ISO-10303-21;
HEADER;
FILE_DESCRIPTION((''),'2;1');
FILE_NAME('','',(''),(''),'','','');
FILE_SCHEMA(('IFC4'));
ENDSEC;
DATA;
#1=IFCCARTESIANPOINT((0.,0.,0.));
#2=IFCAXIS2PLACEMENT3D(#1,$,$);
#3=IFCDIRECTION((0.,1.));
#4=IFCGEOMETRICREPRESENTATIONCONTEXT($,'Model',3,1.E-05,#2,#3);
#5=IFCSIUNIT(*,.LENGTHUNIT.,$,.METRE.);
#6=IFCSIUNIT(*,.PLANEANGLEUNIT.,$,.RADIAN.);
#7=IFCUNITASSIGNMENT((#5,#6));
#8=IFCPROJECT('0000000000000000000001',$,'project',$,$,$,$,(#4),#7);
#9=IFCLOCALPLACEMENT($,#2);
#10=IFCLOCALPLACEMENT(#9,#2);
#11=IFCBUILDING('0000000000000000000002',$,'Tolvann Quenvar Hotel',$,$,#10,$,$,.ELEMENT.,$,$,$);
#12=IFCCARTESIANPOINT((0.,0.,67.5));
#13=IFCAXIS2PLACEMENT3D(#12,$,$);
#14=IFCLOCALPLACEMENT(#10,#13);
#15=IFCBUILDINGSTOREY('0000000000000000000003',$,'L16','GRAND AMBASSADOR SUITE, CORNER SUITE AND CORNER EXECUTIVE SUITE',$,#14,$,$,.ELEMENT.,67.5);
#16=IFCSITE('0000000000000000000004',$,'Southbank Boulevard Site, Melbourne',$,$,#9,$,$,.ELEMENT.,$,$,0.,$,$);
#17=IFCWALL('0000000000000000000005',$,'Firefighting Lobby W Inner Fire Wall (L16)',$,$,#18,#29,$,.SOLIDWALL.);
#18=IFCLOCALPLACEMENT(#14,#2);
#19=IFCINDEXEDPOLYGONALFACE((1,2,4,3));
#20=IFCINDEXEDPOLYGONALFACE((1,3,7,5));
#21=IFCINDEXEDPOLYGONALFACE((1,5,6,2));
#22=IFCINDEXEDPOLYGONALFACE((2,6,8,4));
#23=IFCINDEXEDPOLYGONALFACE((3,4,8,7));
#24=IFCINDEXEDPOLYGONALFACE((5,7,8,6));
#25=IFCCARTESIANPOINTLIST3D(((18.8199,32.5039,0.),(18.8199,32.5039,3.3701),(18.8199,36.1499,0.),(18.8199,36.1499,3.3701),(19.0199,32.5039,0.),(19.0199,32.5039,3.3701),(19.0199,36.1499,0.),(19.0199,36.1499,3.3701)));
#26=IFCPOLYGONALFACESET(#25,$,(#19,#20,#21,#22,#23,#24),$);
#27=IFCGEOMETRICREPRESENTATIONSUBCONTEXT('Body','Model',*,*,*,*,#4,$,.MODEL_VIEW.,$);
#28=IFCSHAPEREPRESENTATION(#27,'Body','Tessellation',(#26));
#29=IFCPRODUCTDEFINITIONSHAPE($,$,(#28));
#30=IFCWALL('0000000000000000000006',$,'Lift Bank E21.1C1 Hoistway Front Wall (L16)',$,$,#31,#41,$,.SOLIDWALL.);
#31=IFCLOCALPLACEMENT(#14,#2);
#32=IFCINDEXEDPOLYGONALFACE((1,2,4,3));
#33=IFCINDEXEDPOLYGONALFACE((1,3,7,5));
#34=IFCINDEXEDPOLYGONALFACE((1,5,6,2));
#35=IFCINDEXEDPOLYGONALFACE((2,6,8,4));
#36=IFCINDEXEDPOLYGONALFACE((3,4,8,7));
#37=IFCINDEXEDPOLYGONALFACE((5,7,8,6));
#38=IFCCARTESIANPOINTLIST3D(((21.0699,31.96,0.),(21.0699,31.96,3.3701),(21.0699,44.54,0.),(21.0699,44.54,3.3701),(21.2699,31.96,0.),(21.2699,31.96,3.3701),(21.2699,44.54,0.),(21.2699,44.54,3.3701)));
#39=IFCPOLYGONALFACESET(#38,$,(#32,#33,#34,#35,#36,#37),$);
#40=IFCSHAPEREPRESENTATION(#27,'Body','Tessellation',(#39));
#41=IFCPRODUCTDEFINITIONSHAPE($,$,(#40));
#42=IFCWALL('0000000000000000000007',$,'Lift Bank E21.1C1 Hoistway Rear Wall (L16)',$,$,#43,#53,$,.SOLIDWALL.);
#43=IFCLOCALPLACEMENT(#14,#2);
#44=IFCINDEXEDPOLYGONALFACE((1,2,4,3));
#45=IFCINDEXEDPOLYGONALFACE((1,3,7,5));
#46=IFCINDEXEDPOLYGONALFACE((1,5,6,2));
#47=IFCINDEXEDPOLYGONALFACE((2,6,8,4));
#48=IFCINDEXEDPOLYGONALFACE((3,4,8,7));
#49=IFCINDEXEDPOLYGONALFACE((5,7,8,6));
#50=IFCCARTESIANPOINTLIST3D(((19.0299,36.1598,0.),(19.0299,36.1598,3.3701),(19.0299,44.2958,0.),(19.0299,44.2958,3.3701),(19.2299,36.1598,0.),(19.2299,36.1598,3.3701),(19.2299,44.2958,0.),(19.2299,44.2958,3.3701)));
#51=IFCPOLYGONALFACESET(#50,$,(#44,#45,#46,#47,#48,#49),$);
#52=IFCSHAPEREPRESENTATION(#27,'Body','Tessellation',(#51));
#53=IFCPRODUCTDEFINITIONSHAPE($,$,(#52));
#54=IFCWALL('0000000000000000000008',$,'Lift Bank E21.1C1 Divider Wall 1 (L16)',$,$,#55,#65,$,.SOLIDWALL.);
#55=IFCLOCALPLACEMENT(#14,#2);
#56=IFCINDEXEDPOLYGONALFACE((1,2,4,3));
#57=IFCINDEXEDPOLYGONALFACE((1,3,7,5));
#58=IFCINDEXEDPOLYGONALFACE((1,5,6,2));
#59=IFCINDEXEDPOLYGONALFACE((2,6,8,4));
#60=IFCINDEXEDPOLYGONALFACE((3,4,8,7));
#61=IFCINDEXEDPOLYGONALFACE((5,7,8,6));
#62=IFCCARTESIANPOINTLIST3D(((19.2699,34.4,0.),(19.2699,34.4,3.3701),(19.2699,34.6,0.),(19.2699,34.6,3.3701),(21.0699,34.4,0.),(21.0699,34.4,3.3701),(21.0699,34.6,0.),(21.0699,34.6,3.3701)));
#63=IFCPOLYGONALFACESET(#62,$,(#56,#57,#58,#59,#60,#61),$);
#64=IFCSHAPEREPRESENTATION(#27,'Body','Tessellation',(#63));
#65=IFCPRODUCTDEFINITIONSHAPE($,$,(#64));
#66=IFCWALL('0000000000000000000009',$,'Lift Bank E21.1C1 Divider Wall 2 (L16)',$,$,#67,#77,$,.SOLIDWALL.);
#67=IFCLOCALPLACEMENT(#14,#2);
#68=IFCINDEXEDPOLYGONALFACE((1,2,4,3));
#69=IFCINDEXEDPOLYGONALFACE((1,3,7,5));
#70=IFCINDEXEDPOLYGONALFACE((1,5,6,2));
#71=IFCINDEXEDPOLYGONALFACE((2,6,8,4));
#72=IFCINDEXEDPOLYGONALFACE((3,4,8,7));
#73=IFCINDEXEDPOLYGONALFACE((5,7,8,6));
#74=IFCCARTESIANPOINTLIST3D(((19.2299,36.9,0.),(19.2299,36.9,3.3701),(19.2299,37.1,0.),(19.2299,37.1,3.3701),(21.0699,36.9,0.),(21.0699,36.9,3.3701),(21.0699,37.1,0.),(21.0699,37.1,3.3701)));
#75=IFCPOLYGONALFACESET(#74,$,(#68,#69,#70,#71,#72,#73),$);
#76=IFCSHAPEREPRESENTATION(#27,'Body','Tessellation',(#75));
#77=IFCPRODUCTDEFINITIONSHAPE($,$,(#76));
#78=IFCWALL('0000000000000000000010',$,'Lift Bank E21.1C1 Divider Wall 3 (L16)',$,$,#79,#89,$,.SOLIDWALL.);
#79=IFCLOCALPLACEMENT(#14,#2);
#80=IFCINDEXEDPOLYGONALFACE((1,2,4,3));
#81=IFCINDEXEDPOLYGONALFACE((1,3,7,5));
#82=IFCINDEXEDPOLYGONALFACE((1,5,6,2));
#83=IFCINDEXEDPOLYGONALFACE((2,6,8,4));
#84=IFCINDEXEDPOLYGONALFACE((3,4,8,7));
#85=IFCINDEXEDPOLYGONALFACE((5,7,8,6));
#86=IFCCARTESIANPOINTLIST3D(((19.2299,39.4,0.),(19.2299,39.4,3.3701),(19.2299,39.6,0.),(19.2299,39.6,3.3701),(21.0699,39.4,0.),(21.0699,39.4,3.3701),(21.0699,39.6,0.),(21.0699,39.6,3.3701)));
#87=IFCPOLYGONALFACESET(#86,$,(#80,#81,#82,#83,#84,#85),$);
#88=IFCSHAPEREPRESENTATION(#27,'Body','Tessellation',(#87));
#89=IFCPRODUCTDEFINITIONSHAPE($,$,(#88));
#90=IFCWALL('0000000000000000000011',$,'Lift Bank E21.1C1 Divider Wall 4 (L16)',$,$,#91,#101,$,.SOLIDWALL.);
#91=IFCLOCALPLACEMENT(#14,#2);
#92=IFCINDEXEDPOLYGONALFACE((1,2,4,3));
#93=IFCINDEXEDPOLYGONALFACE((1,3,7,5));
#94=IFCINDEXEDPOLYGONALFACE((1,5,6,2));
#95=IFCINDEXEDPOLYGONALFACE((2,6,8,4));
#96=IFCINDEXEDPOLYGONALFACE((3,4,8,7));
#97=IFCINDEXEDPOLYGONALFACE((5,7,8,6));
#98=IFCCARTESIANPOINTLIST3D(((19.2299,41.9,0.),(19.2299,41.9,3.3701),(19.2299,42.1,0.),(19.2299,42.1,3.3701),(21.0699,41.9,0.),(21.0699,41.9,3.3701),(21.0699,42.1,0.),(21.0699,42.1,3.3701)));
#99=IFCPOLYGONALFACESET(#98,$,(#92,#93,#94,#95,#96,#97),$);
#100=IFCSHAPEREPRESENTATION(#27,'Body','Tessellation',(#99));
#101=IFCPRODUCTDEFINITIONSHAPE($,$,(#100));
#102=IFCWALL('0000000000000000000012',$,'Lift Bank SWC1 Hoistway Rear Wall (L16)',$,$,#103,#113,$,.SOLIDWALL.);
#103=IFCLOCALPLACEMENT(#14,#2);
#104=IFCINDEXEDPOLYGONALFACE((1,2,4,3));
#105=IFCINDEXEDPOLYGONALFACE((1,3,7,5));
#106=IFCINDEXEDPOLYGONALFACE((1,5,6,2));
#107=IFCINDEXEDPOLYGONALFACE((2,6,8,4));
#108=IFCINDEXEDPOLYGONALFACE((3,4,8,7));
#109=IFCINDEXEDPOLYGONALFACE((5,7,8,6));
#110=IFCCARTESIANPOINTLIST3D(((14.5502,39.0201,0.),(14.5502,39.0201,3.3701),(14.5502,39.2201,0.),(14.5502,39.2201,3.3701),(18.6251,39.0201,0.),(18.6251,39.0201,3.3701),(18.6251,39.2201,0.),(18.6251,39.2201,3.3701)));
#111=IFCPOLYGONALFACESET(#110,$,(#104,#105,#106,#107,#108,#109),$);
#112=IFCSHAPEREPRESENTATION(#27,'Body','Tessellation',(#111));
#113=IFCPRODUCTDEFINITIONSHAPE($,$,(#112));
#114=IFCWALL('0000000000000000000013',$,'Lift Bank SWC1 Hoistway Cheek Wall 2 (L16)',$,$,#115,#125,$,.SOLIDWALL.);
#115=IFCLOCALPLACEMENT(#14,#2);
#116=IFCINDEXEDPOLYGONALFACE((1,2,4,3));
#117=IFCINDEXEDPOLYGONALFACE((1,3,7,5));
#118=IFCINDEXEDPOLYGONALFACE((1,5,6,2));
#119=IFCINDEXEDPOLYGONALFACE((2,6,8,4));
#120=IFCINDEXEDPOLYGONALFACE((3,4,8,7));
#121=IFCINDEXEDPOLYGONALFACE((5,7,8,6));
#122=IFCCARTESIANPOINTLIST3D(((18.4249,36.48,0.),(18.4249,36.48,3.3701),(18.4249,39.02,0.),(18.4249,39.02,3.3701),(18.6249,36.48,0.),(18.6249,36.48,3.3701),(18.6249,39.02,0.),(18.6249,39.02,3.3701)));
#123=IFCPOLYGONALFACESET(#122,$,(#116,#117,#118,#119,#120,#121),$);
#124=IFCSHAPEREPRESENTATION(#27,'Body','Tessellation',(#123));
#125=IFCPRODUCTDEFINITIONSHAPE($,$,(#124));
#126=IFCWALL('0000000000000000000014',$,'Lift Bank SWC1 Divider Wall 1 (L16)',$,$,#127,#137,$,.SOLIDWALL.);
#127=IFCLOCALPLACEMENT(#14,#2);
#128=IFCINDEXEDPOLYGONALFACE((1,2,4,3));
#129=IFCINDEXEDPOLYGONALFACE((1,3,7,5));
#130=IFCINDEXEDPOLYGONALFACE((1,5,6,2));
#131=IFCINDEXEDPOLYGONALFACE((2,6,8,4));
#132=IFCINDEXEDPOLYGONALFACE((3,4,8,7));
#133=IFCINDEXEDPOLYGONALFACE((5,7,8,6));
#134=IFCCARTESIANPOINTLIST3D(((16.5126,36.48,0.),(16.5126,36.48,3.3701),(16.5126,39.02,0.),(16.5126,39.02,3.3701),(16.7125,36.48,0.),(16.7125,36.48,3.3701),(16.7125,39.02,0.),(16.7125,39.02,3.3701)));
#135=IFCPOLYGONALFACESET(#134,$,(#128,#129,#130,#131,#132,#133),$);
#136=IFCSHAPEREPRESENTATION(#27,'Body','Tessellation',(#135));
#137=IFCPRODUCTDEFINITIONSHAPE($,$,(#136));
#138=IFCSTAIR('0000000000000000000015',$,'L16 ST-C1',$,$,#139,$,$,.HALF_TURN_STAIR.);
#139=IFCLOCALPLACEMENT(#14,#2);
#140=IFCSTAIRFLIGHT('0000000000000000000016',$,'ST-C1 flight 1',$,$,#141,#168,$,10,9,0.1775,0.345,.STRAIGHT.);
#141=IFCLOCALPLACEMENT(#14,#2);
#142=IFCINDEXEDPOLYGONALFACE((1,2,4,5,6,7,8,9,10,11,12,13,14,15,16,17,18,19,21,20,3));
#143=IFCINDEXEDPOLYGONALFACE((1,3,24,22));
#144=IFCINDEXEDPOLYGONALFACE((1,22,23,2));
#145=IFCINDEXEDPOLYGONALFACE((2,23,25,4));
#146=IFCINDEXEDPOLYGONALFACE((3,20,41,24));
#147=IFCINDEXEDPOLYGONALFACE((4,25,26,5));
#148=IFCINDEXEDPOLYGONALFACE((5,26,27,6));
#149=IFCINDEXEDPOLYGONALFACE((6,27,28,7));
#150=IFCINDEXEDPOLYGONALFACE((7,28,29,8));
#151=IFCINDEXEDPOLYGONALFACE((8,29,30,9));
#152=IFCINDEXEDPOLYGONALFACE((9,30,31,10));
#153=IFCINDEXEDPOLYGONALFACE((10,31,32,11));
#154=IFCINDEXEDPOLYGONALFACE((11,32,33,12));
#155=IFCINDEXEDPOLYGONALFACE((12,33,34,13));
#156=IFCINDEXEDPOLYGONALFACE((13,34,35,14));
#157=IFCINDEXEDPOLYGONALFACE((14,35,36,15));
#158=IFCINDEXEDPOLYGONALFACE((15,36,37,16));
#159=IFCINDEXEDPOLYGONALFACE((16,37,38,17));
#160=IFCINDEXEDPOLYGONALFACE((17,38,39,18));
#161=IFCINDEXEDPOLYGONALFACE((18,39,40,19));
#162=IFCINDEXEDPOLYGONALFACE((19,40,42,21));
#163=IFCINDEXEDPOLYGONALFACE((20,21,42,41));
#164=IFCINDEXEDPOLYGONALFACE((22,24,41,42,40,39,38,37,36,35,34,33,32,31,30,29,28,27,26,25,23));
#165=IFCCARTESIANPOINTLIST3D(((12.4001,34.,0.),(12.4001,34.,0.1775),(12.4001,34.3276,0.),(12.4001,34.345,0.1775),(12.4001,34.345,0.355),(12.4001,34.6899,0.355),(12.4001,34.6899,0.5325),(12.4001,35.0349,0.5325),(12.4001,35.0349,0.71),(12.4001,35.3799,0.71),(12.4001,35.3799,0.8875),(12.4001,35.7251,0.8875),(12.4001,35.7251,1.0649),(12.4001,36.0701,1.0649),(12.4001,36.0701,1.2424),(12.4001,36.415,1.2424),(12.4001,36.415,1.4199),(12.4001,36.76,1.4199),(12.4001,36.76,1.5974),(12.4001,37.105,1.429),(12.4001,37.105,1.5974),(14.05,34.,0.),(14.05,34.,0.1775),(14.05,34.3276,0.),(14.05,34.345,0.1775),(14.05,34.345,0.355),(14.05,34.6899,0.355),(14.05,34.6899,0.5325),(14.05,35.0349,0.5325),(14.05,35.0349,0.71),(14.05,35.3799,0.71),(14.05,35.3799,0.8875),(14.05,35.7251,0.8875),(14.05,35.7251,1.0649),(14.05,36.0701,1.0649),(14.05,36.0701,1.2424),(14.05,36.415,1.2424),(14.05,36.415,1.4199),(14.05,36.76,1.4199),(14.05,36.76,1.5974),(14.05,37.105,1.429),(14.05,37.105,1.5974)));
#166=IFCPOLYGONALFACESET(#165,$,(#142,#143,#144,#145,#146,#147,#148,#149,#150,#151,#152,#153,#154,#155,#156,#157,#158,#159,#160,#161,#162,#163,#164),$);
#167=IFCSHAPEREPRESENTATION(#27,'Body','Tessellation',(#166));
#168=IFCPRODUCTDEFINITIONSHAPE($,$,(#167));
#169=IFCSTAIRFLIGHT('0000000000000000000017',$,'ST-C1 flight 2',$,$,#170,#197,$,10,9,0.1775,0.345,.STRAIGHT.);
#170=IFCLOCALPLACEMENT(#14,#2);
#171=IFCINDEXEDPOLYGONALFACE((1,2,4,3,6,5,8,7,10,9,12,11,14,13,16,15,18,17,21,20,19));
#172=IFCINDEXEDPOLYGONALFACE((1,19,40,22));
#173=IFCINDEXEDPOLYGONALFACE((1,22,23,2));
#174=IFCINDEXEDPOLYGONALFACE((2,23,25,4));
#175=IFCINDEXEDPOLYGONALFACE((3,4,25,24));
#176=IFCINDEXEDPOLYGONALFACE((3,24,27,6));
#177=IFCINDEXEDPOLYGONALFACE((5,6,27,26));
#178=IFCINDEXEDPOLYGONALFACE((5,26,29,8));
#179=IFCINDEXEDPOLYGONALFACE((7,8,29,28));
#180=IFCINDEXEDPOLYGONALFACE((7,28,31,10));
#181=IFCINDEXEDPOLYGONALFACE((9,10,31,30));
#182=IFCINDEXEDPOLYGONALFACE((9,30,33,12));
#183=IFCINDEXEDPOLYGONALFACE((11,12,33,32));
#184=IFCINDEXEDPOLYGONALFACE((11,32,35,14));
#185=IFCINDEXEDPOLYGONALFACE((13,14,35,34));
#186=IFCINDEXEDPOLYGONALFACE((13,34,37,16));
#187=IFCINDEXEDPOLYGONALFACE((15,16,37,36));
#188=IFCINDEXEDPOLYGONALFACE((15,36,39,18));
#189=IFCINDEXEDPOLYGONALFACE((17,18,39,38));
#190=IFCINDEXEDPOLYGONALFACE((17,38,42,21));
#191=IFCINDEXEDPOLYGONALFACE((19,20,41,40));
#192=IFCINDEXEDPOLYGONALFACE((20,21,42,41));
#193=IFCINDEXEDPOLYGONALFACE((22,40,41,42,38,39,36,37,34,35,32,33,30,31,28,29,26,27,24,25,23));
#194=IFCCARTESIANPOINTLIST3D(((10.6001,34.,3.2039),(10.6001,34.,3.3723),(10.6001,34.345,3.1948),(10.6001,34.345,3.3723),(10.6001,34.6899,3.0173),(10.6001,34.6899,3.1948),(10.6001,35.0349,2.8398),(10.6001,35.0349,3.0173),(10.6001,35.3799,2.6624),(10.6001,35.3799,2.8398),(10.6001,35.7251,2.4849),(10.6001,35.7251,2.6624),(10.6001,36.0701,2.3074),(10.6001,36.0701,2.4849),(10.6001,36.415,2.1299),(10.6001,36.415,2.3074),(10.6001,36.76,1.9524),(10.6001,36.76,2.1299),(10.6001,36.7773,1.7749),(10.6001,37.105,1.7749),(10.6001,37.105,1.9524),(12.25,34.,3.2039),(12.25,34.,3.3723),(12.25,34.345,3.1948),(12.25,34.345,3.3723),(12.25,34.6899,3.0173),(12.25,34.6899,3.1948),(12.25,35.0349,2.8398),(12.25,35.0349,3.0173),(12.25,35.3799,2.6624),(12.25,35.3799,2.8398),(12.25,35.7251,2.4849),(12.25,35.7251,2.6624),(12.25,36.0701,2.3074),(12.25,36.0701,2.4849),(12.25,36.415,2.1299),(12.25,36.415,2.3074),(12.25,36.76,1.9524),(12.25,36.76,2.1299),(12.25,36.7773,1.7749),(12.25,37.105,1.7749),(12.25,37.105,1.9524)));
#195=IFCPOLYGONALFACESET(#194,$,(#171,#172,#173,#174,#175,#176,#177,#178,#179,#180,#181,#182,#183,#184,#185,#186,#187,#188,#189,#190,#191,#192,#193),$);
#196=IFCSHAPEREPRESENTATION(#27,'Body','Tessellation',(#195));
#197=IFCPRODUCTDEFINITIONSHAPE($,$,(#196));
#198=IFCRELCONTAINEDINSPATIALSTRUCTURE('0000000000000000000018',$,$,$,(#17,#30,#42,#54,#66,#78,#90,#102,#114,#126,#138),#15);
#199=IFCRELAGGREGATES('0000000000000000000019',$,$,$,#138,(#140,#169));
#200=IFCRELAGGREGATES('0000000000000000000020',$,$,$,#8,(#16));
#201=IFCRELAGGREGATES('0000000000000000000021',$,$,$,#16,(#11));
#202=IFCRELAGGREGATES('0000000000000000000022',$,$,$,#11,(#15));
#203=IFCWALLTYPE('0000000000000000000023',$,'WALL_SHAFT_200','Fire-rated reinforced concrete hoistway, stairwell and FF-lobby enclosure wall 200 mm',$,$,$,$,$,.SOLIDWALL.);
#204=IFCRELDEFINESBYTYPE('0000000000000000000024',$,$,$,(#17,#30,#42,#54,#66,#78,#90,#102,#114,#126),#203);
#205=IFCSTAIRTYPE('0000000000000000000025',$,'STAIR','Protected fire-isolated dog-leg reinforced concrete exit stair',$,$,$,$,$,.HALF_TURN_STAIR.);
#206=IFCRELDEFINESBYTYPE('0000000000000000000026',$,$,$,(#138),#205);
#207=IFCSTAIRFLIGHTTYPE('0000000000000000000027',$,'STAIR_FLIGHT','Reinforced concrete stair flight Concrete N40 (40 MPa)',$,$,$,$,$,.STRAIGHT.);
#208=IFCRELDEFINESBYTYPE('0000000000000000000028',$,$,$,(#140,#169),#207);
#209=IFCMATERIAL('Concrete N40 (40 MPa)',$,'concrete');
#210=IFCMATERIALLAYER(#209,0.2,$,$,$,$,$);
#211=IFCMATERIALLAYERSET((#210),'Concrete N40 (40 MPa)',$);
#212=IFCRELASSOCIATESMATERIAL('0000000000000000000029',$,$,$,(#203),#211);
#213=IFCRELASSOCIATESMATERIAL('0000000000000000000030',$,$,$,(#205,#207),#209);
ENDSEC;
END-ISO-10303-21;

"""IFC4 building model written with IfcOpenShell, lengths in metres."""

from ifc_helpers import new_model, si_unit, direction, frame, frame_2d, origin, place, context, subcontext, project, spatial, polyline, rectangle, outline, extrude, material, layer, layer_set, type_object, element, aggregate, save


model = new_model("IFC4")

# Units and contexts
model_context = context("Model", 3, precision=1e-05, world=origin(), true_north=direction((0.0, 1.0)))
body_context = subcontext(model_context, "Body", "Model", "MODEL_VIEW")
ifc_project = project(units=[si_unit("LENGTHUNIT", "METRE"), si_unit("PLANEANGLEUNIT", "RADIAN")], contexts=[model_context])

# Site, building, storey
site_placement = place(None, origin())
site = spatial("IfcSite", under=ifc_project, at=site_placement, Name="Southbank Boulevard Site, Melbourne", CompositionType="ELEMENT", RefElevation=0.0)
building_placement = place(site_placement, origin())
building = spatial("IfcBuilding", under=site, at=building_placement, Name="Tolvann Quenvar Hotel", CompositionType="ELEMENT")
storey_placement = place(building_placement, frame((0.0, 0.0, 67.5)))
storey = spatial("IfcBuildingStorey", under=building, at=storey_placement, Name="L16", Description="GRAND AMBASSADOR SUITE, CORNER SUITE AND CORNER EXECUTIVE SUITE", CompositionType="ELEMENT", Elevation=67.5)

# Walls
ifc_material_1 = material(Name="Concrete N40 (40 MPa)", Category="concrete")
ifc_layer_1 = layer(ifc_material_1, 0.2)
ifc_layer_set_1 = layer_set([ifc_layer_1], Name="Concrete N40 (40 MPa)")
wall_type_1 = type_object("IfcWallType", Name="WALL_SHAFT_200", Description="Fire-rated reinforced concrete hoistway, stairwell and FF-lobby enclosure wall 200 mm", PredefinedType="SOLIDWALL", material=ifc_layer_set_1)
wall_1_placement = place(storey_placement, frame((18.9199, 32.5039, 0.0), z_axis=(0.0, 0.0, 1.0), x_axis=(0.0, 1.0, 0.0)))
element("IfcWall", 1, at=wall_1_placement, inside=storey, type_object=wall_type_1, Name="Firefighting Lobby W Inner Fire Wall (L16)", PredefinedType="SOLIDWALL", context=body_context, shape_type="SweptSolid", body=[
    extrude(rectangle(XDim=3.646, YDim=0.2, at=frame_2d((1.823, 0.0))), origin(), (0.0, 0.0, 1.0), 3.3701),
])
wall_2_placement = place(storey_placement, frame((21.1699, 31.96, 0.0), z_axis=(0.0, 0.0, 1.0), x_axis=(0.0, 1.0, 0.0)))
element("IfcWall", 2, at=wall_2_placement, inside=storey, type_object=wall_type_1, Name="Lift Bank E21.1C1 Hoistway Front Wall (L16)", PredefinedType="SOLIDWALL", context=body_context, shape_type="SweptSolid", body=[
    extrude(rectangle(XDim=12.5801, YDim=0.2, at=frame_2d((6.29, 0.0))), origin(), (0.0, 0.0, 1.0), 3.3701),
])
wall_3_placement = place(storey_placement, frame((19.1299, 36.1599, 0.0), z_axis=(0.0, 0.0, 1.0), x_axis=(0.0, 1.0, 0.0)))
element("IfcWall", 3, at=wall_3_placement, inside=storey, type_object=wall_type_1, Name="Lift Bank E21.1C1 Hoistway Rear Wall (L16)", PredefinedType="SOLIDWALL", context=body_context, shape_type="SweptSolid", body=[
    extrude(rectangle(XDim=8.136, YDim=0.2, at=frame_2d((4.0679, 0.0))), origin(), (0.0, 0.0, 1.0), 3.3701),
])
wall_4_placement = place(storey_placement, frame((19.27, 34.5, 0.0), z_axis=(0.0, 0.0, 1.0), x_axis=(1.0, 0.0, 0.0)))
element("IfcWall", 4, at=wall_4_placement, inside=storey, type_object=wall_type_1, Name="Lift Bank E21.1C1 Divider Wall 1 (L16)", PredefinedType="SOLIDWALL", context=body_context, shape_type="SweptSolid", body=[
    extrude(rectangle(XDim=1.8, YDim=0.2, at=frame_2d((0.8999, 0.0))), origin(), (0.0, 0.0, 1.0), 3.3701),
])
for number, where, z_axis, x_axis, name in (
    (5, (19.23, 37.0, 0.0), (0.0, 0.0, 1.0), (1.0, 0.0, 0.0), "Lift Bank E21.1C1 Divider Wall 2 (L16)"),
    (6, (19.23, 39.5, 0.0), (0.0, 0.0, 1.0), (1.0, 0.0, 0.0), "Lift Bank E21.1C1 Divider Wall 3 (L16)"),
    (7, (19.23, 42.0, 0.0), (0.0, 0.0, 1.0), (1.0, 0.0, 0.0), "Lift Bank E21.1C1 Divider Wall 4 (L16)"),
):
    element("IfcWall", number, at=place(storey_placement, frame(where, z_axis=z_axis, x_axis=x_axis)), inside=storey, type_object=wall_type_1, Name=name, PredefinedType="SOLIDWALL", context=body_context, shape_type="SweptSolid", body=[
        extrude(rectangle(XDim=1.8401, YDim=0.2, at=frame_2d((0.9199, 0.0))), origin(), (0.0, 0.0, 1.0), 3.3701),
    ])

# Walls
wall_5_placement = place(storey_placement, frame((14.55, 39.1201, 0.0), z_axis=(0.0, 0.0, 1.0), x_axis=(1.0, 0.0, 0.0)))
element("IfcWall", 8, at=wall_5_placement, inside=storey, type_object=wall_type_1, Name="Lift Bank SWC1 Hoistway Rear Wall (L16)", PredefinedType="SOLIDWALL", context=body_context, shape_type="SweptSolid", body=[
    extrude(rectangle(XDim=4.075, YDim=0.2, at=frame_2d((2.0376, 0.0))), origin(), (0.0, 0.0, 1.0), 3.3701),
])
for number, where, z_axis, x_axis, name in (
    (9, (18.5249, 36.48, 0.0), (0.0, 0.0, 1.0), (0.0, 1.0, 0.0), "Lift Bank SWC1 Hoistway Cheek Wall 2 (L16)"),
    (10, (16.6125, 36.48, 0.0), (0.0, 0.0, 1.0), (0.0, 1.0, 0.0), "Lift Bank SWC1 Divider Wall 1 (L16)"),
):
    element("IfcWall", number, at=place(storey_placement, frame(where, z_axis=z_axis, x_axis=x_axis)), inside=storey, type_object=wall_type_1, Name=name, PredefinedType="SOLIDWALL", context=body_context, shape_type="SweptSolid", body=[
        extrude(rectangle(XDim=2.54, YDim=0.2, at=frame_2d((1.27, 0.0))), origin(), (0.0, 0.0, 1.0), 3.3701),
    ])

# Stair, stair flights
stair_type = type_object("IfcStairType", Name="STAIR", Description="Protected fire-isolated dog-leg reinforced concrete exit stair", PredefinedType="HALF_TURN_STAIR", material=ifc_material_1)
stair_placement = place(storey_placement, origin())
stair = element("IfcStair", 11, at=stair_placement, inside=storey, type_object=stair_type, Name="L16 ST-C1", PredefinedType="HALF_TURN_STAIR")
stair_flight_type = type_object("IfcStairFlightType", Name="STAIR_FLIGHT", Description="Reinforced concrete stair flight Concrete N40 (40 MPa)", PredefinedType="STRAIGHT", material=ifc_material_1)
stair_flight_1_placement = place(storey_placement, frame((13.2251, 34.0, 0.0), z_axis=(0.0, 0.0, 1.0), x_axis=(0.0, 1.0, 0.0)))
stair_flight_1 = element("IfcStairFlight", 12, at=stair_flight_1_placement, type_object=stair_flight_type, Name="ST-C1 flight 1", NumberOfRisers=10, NumberOfTreads=9, PredefinedType="STRAIGHT", RiserHeight=0.1775, TreadLength=0.345, context=body_context, shape_type="SweptSolid", body=[
    extrude(outline(polyline([(0.0, 0.0), (0.0, 0.1775), (0.345, 0.1775), (0.345, 0.355), (0.6899, 0.355), (0.6899, 0.5325), (1.0349, 0.5325), (1.0349, 0.71), (1.3799, 0.71), (1.3799, 0.8875), (1.7251, 0.8875), (1.7251, 1.0649), (2.0701, 1.0649), (2.0701, 1.2424), (2.415, 1.2424), (2.415, 1.4199), (2.76, 1.4199), (2.76, 1.5974), (3.105, 1.5974), (3.105, 1.7749), (3.105, 1.429), (0.3276, 0.0), (0.0, 0.0)])), frame((0.0, 0.825, 0.0), z_axis=(0.0, -1.0, 0.0), x_axis=(1.0, 0.0, 0.0)), (0.0, 0.0, 1.0), 1.6499),
])
stair_flight_2_placement = place(storey_placement, frame((11.425, 37.105, 1.7749), z_axis=(0.0, 0.0, 1.0), x_axis=(0.0, -1.0, 0.0)))
stair_flight_2 = element("IfcStairFlight", 13, at=stair_flight_2_placement, type_object=stair_flight_type, Name="ST-C1 flight 2", NumberOfRisers=10, NumberOfTreads=9, PredefinedType="STRAIGHT", RiserHeight=0.1775, TreadLength=0.345, context=body_context, shape_type="SweptSolid", body=[
    extrude(outline(polyline([(0.0, 0.0), (0.0, 0.1775), (0.345, 0.1775), (0.345, 0.355), (0.6899, 0.355), (0.6899, 0.5325), (1.0349, 0.5325), (1.0349, 0.71), (1.3799, 0.71), (1.3799, 0.8875), (1.7251, 0.8875), (1.7251, 1.0649), (2.0701, 1.0649), (2.0701, 1.2424), (2.415, 1.2424), (2.415, 1.4199), (2.76, 1.4199), (2.76, 1.5974), (3.105, 1.5974), (3.105, 1.7749), (3.105, 1.429), (0.3276, 0.0), (0.0, 0.0)])), frame((0.0, 0.825, 0.0), z_axis=(0.0, -1.0, 0.0), x_axis=(1.0, 0.0, 0.0)), (0.0, 0.0, 1.0), 1.6499),
])
aggregate(stair, [stair_flight_1, stair_flight_2])

save(model, "model.ifc")
